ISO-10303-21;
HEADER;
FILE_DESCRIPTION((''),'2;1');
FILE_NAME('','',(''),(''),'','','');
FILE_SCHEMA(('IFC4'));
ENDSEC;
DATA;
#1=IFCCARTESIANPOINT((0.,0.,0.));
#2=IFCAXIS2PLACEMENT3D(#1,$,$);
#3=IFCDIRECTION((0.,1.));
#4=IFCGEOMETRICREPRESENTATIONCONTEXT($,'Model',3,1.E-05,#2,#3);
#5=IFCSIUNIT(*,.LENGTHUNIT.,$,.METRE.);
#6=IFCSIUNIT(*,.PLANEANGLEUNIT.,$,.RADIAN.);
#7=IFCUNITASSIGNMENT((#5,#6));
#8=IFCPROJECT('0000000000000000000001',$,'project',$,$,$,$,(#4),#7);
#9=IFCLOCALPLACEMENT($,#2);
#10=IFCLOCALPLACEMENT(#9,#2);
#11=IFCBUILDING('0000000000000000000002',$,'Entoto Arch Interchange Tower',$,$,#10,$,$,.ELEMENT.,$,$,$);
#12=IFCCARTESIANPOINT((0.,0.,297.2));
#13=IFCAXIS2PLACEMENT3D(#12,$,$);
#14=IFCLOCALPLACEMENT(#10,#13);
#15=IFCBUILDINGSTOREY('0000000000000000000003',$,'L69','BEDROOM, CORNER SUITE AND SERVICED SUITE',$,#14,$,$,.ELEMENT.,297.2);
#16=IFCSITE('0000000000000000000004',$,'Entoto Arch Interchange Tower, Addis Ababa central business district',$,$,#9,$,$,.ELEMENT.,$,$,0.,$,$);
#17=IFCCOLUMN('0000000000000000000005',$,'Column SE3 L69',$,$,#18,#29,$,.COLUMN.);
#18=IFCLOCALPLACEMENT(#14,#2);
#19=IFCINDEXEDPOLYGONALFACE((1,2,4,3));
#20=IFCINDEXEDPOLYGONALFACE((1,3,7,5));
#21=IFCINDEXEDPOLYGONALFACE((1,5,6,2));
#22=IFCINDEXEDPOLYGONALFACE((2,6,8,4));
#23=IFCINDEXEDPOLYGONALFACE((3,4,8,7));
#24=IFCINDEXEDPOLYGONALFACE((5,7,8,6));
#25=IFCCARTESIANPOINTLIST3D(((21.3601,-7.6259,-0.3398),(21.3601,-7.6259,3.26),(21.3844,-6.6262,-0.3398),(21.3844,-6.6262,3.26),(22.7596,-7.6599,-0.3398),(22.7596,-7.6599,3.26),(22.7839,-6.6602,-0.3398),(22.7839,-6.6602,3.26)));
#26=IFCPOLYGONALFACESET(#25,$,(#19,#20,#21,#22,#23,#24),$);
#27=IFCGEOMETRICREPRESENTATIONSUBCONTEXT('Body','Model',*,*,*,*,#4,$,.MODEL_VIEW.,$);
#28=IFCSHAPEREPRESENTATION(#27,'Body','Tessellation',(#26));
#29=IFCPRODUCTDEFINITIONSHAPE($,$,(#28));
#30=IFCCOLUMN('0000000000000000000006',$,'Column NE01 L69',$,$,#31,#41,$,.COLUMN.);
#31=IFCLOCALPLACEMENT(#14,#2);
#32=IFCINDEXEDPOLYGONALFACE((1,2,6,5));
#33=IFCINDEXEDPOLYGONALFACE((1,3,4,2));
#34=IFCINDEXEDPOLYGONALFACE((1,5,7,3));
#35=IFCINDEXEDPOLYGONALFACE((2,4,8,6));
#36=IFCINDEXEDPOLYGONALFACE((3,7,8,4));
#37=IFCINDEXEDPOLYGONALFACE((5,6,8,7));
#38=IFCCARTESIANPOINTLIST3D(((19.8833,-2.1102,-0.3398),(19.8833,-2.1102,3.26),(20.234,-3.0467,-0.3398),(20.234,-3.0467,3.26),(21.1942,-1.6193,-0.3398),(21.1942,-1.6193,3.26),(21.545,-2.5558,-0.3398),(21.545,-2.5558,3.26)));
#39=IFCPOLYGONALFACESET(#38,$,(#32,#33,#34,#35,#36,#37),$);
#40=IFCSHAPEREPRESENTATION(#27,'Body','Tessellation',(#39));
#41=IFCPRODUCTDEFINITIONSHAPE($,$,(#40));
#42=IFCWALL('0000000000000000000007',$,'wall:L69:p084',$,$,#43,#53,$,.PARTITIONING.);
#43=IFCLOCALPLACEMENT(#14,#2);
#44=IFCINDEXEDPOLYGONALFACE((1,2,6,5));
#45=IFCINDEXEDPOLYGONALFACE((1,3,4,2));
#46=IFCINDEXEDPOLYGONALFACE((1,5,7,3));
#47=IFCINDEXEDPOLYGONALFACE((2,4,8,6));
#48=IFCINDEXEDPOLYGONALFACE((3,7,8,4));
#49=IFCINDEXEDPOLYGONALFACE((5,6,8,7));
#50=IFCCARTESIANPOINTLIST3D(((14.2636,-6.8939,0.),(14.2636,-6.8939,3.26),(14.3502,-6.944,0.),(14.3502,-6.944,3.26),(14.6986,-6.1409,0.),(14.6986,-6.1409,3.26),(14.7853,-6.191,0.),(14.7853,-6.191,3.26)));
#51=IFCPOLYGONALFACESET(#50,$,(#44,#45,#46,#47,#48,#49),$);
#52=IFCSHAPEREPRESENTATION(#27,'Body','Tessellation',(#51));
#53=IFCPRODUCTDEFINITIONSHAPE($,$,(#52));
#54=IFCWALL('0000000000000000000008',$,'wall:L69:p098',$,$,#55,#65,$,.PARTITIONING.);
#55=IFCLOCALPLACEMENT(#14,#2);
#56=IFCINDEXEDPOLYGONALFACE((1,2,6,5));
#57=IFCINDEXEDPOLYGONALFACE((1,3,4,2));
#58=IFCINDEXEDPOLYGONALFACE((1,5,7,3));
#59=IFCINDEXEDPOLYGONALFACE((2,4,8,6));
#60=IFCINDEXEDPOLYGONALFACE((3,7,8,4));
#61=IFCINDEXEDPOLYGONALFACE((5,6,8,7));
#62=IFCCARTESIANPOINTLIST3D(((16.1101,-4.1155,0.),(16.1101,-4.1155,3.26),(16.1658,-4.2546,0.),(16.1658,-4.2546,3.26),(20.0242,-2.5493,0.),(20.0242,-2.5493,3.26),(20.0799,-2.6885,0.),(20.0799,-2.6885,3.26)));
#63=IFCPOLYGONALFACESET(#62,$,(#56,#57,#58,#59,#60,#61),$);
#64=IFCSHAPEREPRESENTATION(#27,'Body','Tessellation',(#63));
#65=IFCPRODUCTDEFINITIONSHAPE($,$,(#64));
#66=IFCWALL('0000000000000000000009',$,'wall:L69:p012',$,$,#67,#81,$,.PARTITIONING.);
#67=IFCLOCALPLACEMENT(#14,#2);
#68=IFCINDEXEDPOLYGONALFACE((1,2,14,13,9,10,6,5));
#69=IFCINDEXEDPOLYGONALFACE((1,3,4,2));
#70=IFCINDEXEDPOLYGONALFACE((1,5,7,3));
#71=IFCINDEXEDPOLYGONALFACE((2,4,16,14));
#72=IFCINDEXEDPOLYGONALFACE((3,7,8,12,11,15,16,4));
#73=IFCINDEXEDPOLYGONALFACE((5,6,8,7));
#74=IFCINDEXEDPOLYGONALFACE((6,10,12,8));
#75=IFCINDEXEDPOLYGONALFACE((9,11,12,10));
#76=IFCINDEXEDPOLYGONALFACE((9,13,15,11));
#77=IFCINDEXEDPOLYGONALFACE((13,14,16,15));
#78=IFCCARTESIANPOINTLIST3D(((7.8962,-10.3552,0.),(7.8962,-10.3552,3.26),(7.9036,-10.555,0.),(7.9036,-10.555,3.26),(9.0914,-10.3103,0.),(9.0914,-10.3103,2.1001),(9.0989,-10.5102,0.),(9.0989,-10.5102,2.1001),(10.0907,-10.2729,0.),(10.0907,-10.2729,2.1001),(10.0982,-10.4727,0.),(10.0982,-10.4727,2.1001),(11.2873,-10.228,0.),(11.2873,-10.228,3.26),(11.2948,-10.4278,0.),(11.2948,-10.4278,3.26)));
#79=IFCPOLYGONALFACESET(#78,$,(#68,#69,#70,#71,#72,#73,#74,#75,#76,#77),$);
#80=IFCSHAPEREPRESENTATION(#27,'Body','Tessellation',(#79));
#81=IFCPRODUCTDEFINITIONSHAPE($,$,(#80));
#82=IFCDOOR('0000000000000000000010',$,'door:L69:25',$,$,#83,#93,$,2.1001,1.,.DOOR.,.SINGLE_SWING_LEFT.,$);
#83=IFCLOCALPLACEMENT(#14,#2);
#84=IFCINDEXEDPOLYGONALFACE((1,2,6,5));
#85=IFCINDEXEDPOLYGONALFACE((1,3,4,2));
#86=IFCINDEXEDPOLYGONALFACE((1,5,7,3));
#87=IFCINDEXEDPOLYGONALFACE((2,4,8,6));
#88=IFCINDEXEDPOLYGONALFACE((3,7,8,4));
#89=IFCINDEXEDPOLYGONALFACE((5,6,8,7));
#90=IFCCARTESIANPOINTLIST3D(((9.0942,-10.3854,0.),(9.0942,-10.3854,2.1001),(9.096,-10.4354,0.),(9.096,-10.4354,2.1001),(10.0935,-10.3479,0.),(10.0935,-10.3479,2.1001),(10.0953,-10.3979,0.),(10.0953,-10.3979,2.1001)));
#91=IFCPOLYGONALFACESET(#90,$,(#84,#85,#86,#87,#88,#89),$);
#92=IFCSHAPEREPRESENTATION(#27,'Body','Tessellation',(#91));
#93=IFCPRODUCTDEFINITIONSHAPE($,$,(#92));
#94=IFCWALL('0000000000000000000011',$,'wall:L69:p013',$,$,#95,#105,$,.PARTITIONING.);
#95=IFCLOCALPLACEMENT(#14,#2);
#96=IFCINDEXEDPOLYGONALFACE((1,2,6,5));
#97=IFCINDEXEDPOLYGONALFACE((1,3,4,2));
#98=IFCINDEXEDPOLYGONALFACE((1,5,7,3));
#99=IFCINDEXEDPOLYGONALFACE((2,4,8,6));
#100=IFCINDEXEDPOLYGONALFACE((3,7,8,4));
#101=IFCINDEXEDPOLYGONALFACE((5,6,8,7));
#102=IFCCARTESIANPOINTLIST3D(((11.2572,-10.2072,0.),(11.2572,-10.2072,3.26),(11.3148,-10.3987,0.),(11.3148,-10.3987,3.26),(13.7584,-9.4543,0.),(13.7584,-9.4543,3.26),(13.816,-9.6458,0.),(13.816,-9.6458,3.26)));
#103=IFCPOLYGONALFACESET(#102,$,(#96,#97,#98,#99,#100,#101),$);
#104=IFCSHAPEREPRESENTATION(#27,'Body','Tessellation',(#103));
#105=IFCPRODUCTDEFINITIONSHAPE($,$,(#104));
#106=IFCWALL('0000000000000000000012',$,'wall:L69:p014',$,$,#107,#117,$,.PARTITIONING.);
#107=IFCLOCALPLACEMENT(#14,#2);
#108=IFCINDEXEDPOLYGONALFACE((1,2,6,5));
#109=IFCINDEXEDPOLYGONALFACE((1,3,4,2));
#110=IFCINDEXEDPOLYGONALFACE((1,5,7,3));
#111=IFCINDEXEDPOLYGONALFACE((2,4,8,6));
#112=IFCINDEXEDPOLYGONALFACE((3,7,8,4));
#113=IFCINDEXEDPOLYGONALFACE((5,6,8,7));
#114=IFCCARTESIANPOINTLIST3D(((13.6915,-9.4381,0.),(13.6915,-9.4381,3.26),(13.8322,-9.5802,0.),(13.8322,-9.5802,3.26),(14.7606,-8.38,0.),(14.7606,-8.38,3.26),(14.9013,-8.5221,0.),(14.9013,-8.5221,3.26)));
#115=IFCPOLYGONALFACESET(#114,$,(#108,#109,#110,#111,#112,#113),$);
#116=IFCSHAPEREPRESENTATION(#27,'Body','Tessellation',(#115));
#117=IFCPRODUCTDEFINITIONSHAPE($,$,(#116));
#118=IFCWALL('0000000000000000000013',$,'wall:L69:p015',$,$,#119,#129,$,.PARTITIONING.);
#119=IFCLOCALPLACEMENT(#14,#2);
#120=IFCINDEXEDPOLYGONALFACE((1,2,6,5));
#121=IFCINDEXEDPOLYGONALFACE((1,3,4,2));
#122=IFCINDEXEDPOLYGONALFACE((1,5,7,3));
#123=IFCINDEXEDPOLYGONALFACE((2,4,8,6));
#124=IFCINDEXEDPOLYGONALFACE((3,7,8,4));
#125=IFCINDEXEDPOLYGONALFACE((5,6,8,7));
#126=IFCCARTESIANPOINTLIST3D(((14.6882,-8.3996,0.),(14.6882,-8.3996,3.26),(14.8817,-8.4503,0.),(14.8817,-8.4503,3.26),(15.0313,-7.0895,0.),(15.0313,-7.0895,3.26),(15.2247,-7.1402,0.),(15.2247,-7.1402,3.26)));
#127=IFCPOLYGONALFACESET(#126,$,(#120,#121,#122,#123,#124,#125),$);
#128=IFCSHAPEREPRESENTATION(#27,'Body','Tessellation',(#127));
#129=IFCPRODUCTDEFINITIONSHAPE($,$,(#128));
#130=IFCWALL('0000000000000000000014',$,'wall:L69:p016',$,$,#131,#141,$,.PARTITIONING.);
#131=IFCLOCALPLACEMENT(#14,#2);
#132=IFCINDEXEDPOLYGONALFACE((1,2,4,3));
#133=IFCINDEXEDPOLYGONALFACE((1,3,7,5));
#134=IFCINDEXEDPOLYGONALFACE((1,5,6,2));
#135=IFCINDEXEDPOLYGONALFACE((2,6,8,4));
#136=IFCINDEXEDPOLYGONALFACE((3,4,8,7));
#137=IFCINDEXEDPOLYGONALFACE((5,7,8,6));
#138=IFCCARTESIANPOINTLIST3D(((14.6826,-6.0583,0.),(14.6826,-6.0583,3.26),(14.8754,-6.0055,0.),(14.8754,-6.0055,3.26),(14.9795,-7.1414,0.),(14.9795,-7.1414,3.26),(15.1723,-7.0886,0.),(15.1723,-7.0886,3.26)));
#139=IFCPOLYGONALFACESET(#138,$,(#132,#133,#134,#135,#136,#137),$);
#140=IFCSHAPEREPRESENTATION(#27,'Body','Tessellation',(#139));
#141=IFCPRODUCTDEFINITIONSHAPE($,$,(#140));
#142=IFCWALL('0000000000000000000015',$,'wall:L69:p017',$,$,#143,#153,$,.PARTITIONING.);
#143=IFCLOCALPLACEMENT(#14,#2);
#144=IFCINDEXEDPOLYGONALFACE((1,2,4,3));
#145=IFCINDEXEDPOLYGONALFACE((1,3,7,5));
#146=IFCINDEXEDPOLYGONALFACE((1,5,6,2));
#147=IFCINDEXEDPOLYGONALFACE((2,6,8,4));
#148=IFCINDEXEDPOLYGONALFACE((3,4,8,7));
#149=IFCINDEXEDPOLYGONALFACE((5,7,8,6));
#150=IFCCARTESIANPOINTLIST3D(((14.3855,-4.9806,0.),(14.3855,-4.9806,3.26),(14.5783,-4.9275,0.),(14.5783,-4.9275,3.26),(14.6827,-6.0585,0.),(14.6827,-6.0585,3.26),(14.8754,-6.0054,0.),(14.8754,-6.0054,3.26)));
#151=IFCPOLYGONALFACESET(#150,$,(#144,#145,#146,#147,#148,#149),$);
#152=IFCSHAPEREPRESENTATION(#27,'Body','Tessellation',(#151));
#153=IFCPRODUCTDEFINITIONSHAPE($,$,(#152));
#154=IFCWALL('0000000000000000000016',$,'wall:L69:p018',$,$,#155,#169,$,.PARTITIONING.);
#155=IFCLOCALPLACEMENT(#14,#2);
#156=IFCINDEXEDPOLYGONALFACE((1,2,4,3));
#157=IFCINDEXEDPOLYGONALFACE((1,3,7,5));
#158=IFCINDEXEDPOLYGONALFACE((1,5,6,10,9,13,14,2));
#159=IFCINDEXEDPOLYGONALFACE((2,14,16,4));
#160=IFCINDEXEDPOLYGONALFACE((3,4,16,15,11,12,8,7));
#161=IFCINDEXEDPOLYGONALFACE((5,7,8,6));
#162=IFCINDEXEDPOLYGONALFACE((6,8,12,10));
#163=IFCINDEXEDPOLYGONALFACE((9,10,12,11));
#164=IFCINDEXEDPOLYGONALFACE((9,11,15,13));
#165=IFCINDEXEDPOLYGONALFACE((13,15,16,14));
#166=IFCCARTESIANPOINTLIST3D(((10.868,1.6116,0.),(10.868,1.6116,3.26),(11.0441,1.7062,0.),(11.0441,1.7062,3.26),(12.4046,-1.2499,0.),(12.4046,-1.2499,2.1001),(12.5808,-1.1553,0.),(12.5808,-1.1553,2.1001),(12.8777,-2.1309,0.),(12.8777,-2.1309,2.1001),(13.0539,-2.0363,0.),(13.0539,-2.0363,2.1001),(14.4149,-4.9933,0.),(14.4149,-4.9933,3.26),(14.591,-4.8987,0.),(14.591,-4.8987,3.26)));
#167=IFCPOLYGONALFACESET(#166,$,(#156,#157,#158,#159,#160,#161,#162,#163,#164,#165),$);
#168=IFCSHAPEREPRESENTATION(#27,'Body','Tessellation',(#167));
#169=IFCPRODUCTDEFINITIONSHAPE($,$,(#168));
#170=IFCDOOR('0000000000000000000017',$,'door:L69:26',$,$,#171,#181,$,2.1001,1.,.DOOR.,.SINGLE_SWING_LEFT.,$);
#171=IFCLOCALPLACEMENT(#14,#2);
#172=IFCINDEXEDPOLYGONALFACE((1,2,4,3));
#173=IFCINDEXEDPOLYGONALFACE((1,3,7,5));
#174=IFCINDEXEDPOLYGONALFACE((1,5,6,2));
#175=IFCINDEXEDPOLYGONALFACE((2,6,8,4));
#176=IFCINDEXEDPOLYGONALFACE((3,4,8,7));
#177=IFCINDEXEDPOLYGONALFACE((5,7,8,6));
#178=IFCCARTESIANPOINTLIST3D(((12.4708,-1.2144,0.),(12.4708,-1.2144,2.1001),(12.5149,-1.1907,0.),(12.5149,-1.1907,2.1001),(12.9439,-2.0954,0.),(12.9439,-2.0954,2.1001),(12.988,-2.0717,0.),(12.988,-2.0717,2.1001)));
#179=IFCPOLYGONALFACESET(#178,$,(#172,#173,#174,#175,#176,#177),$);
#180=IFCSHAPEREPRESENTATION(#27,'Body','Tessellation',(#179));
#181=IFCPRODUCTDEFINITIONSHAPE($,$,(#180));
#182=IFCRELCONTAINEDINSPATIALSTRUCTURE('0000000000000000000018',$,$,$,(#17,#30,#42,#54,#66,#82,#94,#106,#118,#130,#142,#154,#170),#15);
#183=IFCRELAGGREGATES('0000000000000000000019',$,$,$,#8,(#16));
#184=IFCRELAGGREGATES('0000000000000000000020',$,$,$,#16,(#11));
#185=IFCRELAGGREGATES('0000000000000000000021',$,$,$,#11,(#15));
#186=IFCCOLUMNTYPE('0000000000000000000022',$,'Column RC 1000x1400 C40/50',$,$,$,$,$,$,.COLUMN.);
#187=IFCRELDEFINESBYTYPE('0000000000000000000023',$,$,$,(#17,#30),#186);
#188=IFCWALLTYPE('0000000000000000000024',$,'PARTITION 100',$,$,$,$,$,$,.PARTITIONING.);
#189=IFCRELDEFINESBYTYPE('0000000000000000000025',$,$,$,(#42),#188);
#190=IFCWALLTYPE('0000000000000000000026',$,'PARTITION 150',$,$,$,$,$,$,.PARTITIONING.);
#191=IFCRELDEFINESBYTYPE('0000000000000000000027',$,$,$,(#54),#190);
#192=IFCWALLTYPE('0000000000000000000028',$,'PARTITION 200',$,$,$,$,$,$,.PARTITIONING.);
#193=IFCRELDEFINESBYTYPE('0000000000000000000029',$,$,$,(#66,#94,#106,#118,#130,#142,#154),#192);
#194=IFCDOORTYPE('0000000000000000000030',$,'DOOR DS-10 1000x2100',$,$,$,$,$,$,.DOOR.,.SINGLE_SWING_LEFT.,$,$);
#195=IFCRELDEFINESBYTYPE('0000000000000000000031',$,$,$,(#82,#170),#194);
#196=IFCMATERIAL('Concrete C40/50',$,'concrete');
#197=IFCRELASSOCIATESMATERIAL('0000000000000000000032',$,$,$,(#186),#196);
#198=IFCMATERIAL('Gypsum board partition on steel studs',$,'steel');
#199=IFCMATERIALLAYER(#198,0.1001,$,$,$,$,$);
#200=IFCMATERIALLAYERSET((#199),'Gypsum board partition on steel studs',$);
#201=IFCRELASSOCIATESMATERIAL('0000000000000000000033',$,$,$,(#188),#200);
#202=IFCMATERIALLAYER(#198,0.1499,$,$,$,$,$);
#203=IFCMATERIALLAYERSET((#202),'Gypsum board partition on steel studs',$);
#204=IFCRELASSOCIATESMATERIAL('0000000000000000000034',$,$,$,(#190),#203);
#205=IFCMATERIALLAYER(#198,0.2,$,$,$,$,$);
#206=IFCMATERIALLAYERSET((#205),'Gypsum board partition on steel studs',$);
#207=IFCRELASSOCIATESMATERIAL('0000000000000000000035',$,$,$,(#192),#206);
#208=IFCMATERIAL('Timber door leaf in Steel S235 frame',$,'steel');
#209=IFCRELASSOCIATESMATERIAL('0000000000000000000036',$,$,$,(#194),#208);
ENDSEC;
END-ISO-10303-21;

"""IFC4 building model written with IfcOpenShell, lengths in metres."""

from ifc_helpers import new_model, si_unit, direction, frame, frame_2d, origin, origin_2d, place, context, subcontext, project, spatial, rectangle, extrude, material, layer, layer_set, material_profile, profile_set, type_object, element, fill, save


model = new_model("IFC4")

# Units and contexts
model_context = context("Model", 3, precision=1e-05, world=origin(), true_north=direction((0.0, 1.0)))
body_context = subcontext(model_context, "Body", "Model", "MODEL_VIEW")
ifc_project = project(units=[si_unit("LENGTHUNIT", "METRE"), si_unit("PLANEANGLEUNIT", "RADIAN")], contexts=[model_context])

# Site, building, storey
site_placement = place(None, origin())
site = spatial("IfcSite", under=ifc_project, at=site_placement, Name="Entoto Arch Interchange Tower, Addis Ababa central business district", CompositionType="ELEMENT", RefElevation=0.0)
building_placement = place(site_placement, origin())
building = spatial("IfcBuilding", under=site, at=building_placement, Name="Entoto Arch Interchange Tower", CompositionType="ELEMENT")
storey_placement = place(building_placement, frame((0.0, 0.0, 297.2)))
storey = spatial("IfcBuildingStorey", under=building, at=storey_placement, Name="L69", Description="BEDROOM, CORNER SUITE AND SERVICED SUITE", CompositionType="ELEMENT", Elevation=297.2)

# Columns
ifc_material_1 = material(Name="Concrete C40/50", Category="concrete")
ifc_material_profile = material_profile(ifc_material_1, rectangle(XDim=1.0, YDim=1.3999, at=origin_2d()))
ifc_profile_set = profile_set([ifc_material_profile], Name="Concrete C40/50")
column_type = type_object("IfcColumnType", Name="Column RC 1000x1400 C40/50", PredefinedType="COLUMN", material=ifc_profile_set)
for number, where, z_axis, x_axis, name in (
    (1, (22.072, -7.1431, -0.3398), (0.0, 0.0, 1.0), (0.024258, 0.999706, 0.0), "Column SE3 L69"),
    (2, (20.7141, -2.333, -0.3398), (0.0, 0.0, 1.0), (-0.350714, 0.936483, 0.0), "Column NE01 L69"),
):
    element("IfcColumn", number, at=place(storey_placement, frame(where, z_axis=z_axis, x_axis=x_axis)), inside=storey, type_object=column_type, Name=name, PredefinedType="COLUMN", context=body_context, shape_type="SweptSolid", body=[
        extrude(rectangle(XDim=1.0, YDim=1.3999, at=origin_2d()), origin(), (0.0, 0.0, 1.0), 3.5999),
    ])

# Walls
ifc_material_2 = material(Name="Gypsum board partition on steel studs", Category="steel")
ifc_layer_1 = layer(ifc_material_2, 0.1001)
ifc_layer_set_1 = layer_set([ifc_layer_1], Name="Gypsum board partition on steel studs")
wall_type_1 = type_object("IfcWallType", Name="PARTITION 100", PredefinedType="PARTITIONING", material=ifc_layer_set_1)
wall_1_placement = place(storey_placement, frame((14.3069, -6.9189, 0.0), z_axis=(0.0, 0.0, 1.0), x_axis=(0.500306, 0.865849, 0.0)))
element("IfcWall", 3, at=wall_1_placement, inside=storey, type_object=wall_type_1, Name="wall:L69:p084", PredefinedType="PARTITIONING", context=body_context, shape_type="SweptSolid", body=[
    extrude(rectangle(XDim=0.8696, YDim=0.1001, at=frame_2d((0.4348, 0.0))), origin(), (0.0, 0.0, 1.0), 3.26),
])
ifc_layer_2 = layer(ifc_material_2, 0.1499)
ifc_layer_set_2 = layer_set([ifc_layer_2], Name="Gypsum board partition on steel studs")
wall_type_2 = type_object("IfcWallType", Name="PARTITION 150", PredefinedType="PARTITIONING", material=ifc_layer_set_2)
wall_2_placement = place(storey_placement, frame((16.1379, -4.1851, 0.0), z_axis=(0.0, 0.0, 1.0), x_axis=(0.928433, 0.371501, 0.0)))
element("IfcWall", 4, at=wall_2_placement, inside=storey, type_object=wall_type_2, Name="wall:L69:p098", PredefinedType="PARTITIONING", context=body_context, shape_type="SweptSolid", body=[
    extrude(rectangle(XDim=4.2158, YDim=0.1499, at=frame_2d((2.1079, 0.0))), origin(), (0.0, 0.0, 1.0), 3.26),
])

# Wall, opening, door
ifc_layer_3 = layer(ifc_material_2, 0.2)
ifc_layer_set_3 = layer_set([ifc_layer_3], Name="Gypsum board partition on steel studs")
wall_type_3 = type_object("IfcWallType", Name="PARTITION 200", PredefinedType="PARTITIONING", material=ifc_layer_set_3)
wall_3_placement = place(storey_placement, frame((7.8999, -10.4551, 0.0), z_axis=(0.0, 0.0, 1.0), x_axis=(0.999297, 0.037483, 0.0)))
wall_3 = element("IfcWall", 5, at=wall_3_placement, inside=storey, type_object=wall_type_3, Name="wall:L69:p012", PredefinedType="PARTITIONING", context=body_context, shape_type="SweptSolid", body=[
    extrude(rectangle(XDim=3.3936, YDim=0.2, at=frame_2d((1.6968, 0.0))), origin(), (0.0, 0.0, 1.0), 3.26),
])
opening_1_placement = place(wall_3_placement, frame((1.196, 0.0, 0.0)))
opening_1 = element("IfcOpeningElement", 6, at=opening_1_placement, cuts=wall_3, PredefinedType="OPENING", context=body_context, shape_type="SweptSolid", body=[
    extrude(rectangle(XDim=1.0, YDim=2.1001, at=frame_2d((0.5, 1.05))), frame((0.0, 0.1099, 0.0), z_axis=(0.0, -1.0, 0.0), x_axis=(1.0, 0.0, 0.0)), (0.0, 0.0, 1.0), 0.22),
])
ifc_material_3 = material(Name="Timber door leaf in Steel S235 frame", Category="steel")
door_type_1 = type_object("IfcDoorType", Name="DOOR DS-10 1000x2100", OperationType="SINGLE_SWING_LEFT", PredefinedType="DOOR", material=ifc_material_3)
door_1_placement = place(opening_1_placement, origin())
door_1 = element("IfcDoor", 7, at=door_1_placement, inside=storey, type_object=door_type_1, Name="door:L69:25", OperationType="SINGLE_SWING_LEFT", OverallHeight=2.1001, OverallWidth=1.0, PredefinedType="DOOR", context=body_context, shape_type="SweptSolid", body=[
    extrude(rectangle(XDim=1.0, YDim=2.1001, at=frame_2d((0.5, 1.05))), frame((0.0, 0.0249, 0.0), z_axis=(0.0, -1.0, 0.0), x_axis=(1.0, 0.0, 0.0)), (0.0, 0.0, 1.0), 0.05),
])
fill(opening_1, door_1)

# Walls
wall_4_placement = place(storey_placement, frame((11.2859, -10.303, 0.0), z_axis=(0.0, 0.0, 1.0), x_axis=(0.957556, 0.288248, 0.0)))
element("IfcWall", 8, at=wall_4_placement, inside=storey, type_object=wall_type_3, Name="wall:L69:p013", PredefinedType="PARTITIONING", context=body_context, shape_type="SweptSolid", body=[
    extrude(rectangle(XDim=2.6121, YDim=0.2, at=frame_2d((1.3062, 0.0))), origin(), (0.0, 0.0, 1.0), 3.26),
])
wall_5_placement = place(storey_placement, frame((13.762, -9.509, 0.0), z_axis=(0.0, 0.0, 1.0), x_axis=(0.710749, 0.703445, 0.0)))
element("IfcWall", 9, at=wall_5_placement, inside=storey, type_object=wall_type_3, Name="wall:L69:p014", PredefinedType="PARTITIONING", context=body_context, shape_type="SweptSolid", body=[
    extrude(rectangle(XDim=1.5042, YDim=0.2, at=frame_2d((0.752, 0.0))), origin(), (0.0, 0.0, 1.0), 3.26),
])
wall_6_placement = place(storey_placement, frame((14.7849, -8.425, 0.0), z_axis=(0.0, 0.0, 1.0), x_axis=(0.253295, 0.967389, 0.0)))
element("IfcWall", 10, at=wall_6_placement, inside=storey, type_object=wall_type_3, Name="wall:L69:p015", PredefinedType="PARTITIONING", context=body_context, shape_type="SweptSolid", body=[
    extrude(rectangle(XDim=1.3542, YDim=0.2, at=frame_2d((0.6772, 0.0))), origin(), (0.0, 0.0, 1.0), 3.26),
])
wall_7_placement = place(storey_placement, frame((15.0759, -7.115, 0.0), z_axis=(0.0, 0.0, 1.0), x_axis=(-0.264368, 0.964422, 0.0)))
element("IfcWall", 11, at=wall_7_placement, inside=storey, type_object=wall_type_3, Name="wall:L69:p016", PredefinedType="PARTITIONING", context=body_context, shape_type="SweptSolid", body=[
    extrude(rectangle(XDim=1.123, YDim=0.2, at=frame_2d((0.5615, 0.0))), origin(), (0.0, 0.0, 1.0), 3.26),
])
wall_8_placement = place(storey_placement, frame((14.7791, -6.032, 0.0), z_axis=(0.0, 0.0, 1.0), x_axis=(-0.26574, 0.964045, 0.0)))
element("IfcWall", 12, at=wall_8_placement, inside=storey, type_object=wall_type_3, Name="wall:L69:p017", PredefinedType="PARTITIONING", context=body_context, shape_type="SweptSolid", body=[
    extrude(rectangle(XDim=1.1182, YDim=0.2, at=frame_2d((0.5591, 0.0))), origin(), (0.0, 0.0, 1.0), 3.26),
])

# Wall, opening, door
wall_9_placement = place(storey_placement, frame((14.5029, -4.946, 0.0), z_axis=(0.0, 0.0, 1.0), x_axis=(-0.473101, 0.881008, 0.0)))
wall_9 = element("IfcWall", 13, at=wall_9_placement, inside=storey, type_object=wall_type_3, Name="wall:L69:p018", PredefinedType="PARTITIONING", context=body_context, shape_type="SweptSolid", body=[
    extrude(rectangle(XDim=7.4971, YDim=0.2, at=frame_2d((3.7485, 0.0))), origin(), (0.0, 0.0, 1.0), 3.26),
])
opening_2_placement = place(wall_9_placement, frame((3.249, 0.0, 0.0)))
opening_2 = element("IfcOpeningElement", 14, at=opening_2_placement, cuts=wall_9, PredefinedType="OPENING", context=body_context, shape_type="SweptSolid", body=[
    extrude(rectangle(XDim=1.0, YDim=2.1001, at=frame_2d((0.5, 1.05))), frame((0.0, 0.1099, 0.0), z_axis=(0.0, -1.0, 0.0), x_axis=(1.0, 0.0, 0.0)), (0.0, 0.0, 1.0), 0.22),
])
door_2_placement = place(opening_2_placement, origin())
door_2 = element("IfcDoor", 15, at=door_2_placement, inside=storey, type_object=door_type_1, Name="door:L69:26", OperationType="SINGLE_SWING_LEFT", OverallHeight=2.1001, OverallWidth=1.0, PredefinedType="DOOR", context=body_context, shape_type="SweptSolid", body=[
    extrude(rectangle(XDim=1.0, YDim=2.1001, at=frame_2d((0.5, 1.05))), frame((0.0, 0.0249, 0.0), z_axis=(0.0, -1.0, 0.0), x_axis=(1.0, 0.0, 0.0)), (0.0, 0.0, 1.0), 0.05),
])
fill(opening_2, door_2)

save(model, "model.ifc")
